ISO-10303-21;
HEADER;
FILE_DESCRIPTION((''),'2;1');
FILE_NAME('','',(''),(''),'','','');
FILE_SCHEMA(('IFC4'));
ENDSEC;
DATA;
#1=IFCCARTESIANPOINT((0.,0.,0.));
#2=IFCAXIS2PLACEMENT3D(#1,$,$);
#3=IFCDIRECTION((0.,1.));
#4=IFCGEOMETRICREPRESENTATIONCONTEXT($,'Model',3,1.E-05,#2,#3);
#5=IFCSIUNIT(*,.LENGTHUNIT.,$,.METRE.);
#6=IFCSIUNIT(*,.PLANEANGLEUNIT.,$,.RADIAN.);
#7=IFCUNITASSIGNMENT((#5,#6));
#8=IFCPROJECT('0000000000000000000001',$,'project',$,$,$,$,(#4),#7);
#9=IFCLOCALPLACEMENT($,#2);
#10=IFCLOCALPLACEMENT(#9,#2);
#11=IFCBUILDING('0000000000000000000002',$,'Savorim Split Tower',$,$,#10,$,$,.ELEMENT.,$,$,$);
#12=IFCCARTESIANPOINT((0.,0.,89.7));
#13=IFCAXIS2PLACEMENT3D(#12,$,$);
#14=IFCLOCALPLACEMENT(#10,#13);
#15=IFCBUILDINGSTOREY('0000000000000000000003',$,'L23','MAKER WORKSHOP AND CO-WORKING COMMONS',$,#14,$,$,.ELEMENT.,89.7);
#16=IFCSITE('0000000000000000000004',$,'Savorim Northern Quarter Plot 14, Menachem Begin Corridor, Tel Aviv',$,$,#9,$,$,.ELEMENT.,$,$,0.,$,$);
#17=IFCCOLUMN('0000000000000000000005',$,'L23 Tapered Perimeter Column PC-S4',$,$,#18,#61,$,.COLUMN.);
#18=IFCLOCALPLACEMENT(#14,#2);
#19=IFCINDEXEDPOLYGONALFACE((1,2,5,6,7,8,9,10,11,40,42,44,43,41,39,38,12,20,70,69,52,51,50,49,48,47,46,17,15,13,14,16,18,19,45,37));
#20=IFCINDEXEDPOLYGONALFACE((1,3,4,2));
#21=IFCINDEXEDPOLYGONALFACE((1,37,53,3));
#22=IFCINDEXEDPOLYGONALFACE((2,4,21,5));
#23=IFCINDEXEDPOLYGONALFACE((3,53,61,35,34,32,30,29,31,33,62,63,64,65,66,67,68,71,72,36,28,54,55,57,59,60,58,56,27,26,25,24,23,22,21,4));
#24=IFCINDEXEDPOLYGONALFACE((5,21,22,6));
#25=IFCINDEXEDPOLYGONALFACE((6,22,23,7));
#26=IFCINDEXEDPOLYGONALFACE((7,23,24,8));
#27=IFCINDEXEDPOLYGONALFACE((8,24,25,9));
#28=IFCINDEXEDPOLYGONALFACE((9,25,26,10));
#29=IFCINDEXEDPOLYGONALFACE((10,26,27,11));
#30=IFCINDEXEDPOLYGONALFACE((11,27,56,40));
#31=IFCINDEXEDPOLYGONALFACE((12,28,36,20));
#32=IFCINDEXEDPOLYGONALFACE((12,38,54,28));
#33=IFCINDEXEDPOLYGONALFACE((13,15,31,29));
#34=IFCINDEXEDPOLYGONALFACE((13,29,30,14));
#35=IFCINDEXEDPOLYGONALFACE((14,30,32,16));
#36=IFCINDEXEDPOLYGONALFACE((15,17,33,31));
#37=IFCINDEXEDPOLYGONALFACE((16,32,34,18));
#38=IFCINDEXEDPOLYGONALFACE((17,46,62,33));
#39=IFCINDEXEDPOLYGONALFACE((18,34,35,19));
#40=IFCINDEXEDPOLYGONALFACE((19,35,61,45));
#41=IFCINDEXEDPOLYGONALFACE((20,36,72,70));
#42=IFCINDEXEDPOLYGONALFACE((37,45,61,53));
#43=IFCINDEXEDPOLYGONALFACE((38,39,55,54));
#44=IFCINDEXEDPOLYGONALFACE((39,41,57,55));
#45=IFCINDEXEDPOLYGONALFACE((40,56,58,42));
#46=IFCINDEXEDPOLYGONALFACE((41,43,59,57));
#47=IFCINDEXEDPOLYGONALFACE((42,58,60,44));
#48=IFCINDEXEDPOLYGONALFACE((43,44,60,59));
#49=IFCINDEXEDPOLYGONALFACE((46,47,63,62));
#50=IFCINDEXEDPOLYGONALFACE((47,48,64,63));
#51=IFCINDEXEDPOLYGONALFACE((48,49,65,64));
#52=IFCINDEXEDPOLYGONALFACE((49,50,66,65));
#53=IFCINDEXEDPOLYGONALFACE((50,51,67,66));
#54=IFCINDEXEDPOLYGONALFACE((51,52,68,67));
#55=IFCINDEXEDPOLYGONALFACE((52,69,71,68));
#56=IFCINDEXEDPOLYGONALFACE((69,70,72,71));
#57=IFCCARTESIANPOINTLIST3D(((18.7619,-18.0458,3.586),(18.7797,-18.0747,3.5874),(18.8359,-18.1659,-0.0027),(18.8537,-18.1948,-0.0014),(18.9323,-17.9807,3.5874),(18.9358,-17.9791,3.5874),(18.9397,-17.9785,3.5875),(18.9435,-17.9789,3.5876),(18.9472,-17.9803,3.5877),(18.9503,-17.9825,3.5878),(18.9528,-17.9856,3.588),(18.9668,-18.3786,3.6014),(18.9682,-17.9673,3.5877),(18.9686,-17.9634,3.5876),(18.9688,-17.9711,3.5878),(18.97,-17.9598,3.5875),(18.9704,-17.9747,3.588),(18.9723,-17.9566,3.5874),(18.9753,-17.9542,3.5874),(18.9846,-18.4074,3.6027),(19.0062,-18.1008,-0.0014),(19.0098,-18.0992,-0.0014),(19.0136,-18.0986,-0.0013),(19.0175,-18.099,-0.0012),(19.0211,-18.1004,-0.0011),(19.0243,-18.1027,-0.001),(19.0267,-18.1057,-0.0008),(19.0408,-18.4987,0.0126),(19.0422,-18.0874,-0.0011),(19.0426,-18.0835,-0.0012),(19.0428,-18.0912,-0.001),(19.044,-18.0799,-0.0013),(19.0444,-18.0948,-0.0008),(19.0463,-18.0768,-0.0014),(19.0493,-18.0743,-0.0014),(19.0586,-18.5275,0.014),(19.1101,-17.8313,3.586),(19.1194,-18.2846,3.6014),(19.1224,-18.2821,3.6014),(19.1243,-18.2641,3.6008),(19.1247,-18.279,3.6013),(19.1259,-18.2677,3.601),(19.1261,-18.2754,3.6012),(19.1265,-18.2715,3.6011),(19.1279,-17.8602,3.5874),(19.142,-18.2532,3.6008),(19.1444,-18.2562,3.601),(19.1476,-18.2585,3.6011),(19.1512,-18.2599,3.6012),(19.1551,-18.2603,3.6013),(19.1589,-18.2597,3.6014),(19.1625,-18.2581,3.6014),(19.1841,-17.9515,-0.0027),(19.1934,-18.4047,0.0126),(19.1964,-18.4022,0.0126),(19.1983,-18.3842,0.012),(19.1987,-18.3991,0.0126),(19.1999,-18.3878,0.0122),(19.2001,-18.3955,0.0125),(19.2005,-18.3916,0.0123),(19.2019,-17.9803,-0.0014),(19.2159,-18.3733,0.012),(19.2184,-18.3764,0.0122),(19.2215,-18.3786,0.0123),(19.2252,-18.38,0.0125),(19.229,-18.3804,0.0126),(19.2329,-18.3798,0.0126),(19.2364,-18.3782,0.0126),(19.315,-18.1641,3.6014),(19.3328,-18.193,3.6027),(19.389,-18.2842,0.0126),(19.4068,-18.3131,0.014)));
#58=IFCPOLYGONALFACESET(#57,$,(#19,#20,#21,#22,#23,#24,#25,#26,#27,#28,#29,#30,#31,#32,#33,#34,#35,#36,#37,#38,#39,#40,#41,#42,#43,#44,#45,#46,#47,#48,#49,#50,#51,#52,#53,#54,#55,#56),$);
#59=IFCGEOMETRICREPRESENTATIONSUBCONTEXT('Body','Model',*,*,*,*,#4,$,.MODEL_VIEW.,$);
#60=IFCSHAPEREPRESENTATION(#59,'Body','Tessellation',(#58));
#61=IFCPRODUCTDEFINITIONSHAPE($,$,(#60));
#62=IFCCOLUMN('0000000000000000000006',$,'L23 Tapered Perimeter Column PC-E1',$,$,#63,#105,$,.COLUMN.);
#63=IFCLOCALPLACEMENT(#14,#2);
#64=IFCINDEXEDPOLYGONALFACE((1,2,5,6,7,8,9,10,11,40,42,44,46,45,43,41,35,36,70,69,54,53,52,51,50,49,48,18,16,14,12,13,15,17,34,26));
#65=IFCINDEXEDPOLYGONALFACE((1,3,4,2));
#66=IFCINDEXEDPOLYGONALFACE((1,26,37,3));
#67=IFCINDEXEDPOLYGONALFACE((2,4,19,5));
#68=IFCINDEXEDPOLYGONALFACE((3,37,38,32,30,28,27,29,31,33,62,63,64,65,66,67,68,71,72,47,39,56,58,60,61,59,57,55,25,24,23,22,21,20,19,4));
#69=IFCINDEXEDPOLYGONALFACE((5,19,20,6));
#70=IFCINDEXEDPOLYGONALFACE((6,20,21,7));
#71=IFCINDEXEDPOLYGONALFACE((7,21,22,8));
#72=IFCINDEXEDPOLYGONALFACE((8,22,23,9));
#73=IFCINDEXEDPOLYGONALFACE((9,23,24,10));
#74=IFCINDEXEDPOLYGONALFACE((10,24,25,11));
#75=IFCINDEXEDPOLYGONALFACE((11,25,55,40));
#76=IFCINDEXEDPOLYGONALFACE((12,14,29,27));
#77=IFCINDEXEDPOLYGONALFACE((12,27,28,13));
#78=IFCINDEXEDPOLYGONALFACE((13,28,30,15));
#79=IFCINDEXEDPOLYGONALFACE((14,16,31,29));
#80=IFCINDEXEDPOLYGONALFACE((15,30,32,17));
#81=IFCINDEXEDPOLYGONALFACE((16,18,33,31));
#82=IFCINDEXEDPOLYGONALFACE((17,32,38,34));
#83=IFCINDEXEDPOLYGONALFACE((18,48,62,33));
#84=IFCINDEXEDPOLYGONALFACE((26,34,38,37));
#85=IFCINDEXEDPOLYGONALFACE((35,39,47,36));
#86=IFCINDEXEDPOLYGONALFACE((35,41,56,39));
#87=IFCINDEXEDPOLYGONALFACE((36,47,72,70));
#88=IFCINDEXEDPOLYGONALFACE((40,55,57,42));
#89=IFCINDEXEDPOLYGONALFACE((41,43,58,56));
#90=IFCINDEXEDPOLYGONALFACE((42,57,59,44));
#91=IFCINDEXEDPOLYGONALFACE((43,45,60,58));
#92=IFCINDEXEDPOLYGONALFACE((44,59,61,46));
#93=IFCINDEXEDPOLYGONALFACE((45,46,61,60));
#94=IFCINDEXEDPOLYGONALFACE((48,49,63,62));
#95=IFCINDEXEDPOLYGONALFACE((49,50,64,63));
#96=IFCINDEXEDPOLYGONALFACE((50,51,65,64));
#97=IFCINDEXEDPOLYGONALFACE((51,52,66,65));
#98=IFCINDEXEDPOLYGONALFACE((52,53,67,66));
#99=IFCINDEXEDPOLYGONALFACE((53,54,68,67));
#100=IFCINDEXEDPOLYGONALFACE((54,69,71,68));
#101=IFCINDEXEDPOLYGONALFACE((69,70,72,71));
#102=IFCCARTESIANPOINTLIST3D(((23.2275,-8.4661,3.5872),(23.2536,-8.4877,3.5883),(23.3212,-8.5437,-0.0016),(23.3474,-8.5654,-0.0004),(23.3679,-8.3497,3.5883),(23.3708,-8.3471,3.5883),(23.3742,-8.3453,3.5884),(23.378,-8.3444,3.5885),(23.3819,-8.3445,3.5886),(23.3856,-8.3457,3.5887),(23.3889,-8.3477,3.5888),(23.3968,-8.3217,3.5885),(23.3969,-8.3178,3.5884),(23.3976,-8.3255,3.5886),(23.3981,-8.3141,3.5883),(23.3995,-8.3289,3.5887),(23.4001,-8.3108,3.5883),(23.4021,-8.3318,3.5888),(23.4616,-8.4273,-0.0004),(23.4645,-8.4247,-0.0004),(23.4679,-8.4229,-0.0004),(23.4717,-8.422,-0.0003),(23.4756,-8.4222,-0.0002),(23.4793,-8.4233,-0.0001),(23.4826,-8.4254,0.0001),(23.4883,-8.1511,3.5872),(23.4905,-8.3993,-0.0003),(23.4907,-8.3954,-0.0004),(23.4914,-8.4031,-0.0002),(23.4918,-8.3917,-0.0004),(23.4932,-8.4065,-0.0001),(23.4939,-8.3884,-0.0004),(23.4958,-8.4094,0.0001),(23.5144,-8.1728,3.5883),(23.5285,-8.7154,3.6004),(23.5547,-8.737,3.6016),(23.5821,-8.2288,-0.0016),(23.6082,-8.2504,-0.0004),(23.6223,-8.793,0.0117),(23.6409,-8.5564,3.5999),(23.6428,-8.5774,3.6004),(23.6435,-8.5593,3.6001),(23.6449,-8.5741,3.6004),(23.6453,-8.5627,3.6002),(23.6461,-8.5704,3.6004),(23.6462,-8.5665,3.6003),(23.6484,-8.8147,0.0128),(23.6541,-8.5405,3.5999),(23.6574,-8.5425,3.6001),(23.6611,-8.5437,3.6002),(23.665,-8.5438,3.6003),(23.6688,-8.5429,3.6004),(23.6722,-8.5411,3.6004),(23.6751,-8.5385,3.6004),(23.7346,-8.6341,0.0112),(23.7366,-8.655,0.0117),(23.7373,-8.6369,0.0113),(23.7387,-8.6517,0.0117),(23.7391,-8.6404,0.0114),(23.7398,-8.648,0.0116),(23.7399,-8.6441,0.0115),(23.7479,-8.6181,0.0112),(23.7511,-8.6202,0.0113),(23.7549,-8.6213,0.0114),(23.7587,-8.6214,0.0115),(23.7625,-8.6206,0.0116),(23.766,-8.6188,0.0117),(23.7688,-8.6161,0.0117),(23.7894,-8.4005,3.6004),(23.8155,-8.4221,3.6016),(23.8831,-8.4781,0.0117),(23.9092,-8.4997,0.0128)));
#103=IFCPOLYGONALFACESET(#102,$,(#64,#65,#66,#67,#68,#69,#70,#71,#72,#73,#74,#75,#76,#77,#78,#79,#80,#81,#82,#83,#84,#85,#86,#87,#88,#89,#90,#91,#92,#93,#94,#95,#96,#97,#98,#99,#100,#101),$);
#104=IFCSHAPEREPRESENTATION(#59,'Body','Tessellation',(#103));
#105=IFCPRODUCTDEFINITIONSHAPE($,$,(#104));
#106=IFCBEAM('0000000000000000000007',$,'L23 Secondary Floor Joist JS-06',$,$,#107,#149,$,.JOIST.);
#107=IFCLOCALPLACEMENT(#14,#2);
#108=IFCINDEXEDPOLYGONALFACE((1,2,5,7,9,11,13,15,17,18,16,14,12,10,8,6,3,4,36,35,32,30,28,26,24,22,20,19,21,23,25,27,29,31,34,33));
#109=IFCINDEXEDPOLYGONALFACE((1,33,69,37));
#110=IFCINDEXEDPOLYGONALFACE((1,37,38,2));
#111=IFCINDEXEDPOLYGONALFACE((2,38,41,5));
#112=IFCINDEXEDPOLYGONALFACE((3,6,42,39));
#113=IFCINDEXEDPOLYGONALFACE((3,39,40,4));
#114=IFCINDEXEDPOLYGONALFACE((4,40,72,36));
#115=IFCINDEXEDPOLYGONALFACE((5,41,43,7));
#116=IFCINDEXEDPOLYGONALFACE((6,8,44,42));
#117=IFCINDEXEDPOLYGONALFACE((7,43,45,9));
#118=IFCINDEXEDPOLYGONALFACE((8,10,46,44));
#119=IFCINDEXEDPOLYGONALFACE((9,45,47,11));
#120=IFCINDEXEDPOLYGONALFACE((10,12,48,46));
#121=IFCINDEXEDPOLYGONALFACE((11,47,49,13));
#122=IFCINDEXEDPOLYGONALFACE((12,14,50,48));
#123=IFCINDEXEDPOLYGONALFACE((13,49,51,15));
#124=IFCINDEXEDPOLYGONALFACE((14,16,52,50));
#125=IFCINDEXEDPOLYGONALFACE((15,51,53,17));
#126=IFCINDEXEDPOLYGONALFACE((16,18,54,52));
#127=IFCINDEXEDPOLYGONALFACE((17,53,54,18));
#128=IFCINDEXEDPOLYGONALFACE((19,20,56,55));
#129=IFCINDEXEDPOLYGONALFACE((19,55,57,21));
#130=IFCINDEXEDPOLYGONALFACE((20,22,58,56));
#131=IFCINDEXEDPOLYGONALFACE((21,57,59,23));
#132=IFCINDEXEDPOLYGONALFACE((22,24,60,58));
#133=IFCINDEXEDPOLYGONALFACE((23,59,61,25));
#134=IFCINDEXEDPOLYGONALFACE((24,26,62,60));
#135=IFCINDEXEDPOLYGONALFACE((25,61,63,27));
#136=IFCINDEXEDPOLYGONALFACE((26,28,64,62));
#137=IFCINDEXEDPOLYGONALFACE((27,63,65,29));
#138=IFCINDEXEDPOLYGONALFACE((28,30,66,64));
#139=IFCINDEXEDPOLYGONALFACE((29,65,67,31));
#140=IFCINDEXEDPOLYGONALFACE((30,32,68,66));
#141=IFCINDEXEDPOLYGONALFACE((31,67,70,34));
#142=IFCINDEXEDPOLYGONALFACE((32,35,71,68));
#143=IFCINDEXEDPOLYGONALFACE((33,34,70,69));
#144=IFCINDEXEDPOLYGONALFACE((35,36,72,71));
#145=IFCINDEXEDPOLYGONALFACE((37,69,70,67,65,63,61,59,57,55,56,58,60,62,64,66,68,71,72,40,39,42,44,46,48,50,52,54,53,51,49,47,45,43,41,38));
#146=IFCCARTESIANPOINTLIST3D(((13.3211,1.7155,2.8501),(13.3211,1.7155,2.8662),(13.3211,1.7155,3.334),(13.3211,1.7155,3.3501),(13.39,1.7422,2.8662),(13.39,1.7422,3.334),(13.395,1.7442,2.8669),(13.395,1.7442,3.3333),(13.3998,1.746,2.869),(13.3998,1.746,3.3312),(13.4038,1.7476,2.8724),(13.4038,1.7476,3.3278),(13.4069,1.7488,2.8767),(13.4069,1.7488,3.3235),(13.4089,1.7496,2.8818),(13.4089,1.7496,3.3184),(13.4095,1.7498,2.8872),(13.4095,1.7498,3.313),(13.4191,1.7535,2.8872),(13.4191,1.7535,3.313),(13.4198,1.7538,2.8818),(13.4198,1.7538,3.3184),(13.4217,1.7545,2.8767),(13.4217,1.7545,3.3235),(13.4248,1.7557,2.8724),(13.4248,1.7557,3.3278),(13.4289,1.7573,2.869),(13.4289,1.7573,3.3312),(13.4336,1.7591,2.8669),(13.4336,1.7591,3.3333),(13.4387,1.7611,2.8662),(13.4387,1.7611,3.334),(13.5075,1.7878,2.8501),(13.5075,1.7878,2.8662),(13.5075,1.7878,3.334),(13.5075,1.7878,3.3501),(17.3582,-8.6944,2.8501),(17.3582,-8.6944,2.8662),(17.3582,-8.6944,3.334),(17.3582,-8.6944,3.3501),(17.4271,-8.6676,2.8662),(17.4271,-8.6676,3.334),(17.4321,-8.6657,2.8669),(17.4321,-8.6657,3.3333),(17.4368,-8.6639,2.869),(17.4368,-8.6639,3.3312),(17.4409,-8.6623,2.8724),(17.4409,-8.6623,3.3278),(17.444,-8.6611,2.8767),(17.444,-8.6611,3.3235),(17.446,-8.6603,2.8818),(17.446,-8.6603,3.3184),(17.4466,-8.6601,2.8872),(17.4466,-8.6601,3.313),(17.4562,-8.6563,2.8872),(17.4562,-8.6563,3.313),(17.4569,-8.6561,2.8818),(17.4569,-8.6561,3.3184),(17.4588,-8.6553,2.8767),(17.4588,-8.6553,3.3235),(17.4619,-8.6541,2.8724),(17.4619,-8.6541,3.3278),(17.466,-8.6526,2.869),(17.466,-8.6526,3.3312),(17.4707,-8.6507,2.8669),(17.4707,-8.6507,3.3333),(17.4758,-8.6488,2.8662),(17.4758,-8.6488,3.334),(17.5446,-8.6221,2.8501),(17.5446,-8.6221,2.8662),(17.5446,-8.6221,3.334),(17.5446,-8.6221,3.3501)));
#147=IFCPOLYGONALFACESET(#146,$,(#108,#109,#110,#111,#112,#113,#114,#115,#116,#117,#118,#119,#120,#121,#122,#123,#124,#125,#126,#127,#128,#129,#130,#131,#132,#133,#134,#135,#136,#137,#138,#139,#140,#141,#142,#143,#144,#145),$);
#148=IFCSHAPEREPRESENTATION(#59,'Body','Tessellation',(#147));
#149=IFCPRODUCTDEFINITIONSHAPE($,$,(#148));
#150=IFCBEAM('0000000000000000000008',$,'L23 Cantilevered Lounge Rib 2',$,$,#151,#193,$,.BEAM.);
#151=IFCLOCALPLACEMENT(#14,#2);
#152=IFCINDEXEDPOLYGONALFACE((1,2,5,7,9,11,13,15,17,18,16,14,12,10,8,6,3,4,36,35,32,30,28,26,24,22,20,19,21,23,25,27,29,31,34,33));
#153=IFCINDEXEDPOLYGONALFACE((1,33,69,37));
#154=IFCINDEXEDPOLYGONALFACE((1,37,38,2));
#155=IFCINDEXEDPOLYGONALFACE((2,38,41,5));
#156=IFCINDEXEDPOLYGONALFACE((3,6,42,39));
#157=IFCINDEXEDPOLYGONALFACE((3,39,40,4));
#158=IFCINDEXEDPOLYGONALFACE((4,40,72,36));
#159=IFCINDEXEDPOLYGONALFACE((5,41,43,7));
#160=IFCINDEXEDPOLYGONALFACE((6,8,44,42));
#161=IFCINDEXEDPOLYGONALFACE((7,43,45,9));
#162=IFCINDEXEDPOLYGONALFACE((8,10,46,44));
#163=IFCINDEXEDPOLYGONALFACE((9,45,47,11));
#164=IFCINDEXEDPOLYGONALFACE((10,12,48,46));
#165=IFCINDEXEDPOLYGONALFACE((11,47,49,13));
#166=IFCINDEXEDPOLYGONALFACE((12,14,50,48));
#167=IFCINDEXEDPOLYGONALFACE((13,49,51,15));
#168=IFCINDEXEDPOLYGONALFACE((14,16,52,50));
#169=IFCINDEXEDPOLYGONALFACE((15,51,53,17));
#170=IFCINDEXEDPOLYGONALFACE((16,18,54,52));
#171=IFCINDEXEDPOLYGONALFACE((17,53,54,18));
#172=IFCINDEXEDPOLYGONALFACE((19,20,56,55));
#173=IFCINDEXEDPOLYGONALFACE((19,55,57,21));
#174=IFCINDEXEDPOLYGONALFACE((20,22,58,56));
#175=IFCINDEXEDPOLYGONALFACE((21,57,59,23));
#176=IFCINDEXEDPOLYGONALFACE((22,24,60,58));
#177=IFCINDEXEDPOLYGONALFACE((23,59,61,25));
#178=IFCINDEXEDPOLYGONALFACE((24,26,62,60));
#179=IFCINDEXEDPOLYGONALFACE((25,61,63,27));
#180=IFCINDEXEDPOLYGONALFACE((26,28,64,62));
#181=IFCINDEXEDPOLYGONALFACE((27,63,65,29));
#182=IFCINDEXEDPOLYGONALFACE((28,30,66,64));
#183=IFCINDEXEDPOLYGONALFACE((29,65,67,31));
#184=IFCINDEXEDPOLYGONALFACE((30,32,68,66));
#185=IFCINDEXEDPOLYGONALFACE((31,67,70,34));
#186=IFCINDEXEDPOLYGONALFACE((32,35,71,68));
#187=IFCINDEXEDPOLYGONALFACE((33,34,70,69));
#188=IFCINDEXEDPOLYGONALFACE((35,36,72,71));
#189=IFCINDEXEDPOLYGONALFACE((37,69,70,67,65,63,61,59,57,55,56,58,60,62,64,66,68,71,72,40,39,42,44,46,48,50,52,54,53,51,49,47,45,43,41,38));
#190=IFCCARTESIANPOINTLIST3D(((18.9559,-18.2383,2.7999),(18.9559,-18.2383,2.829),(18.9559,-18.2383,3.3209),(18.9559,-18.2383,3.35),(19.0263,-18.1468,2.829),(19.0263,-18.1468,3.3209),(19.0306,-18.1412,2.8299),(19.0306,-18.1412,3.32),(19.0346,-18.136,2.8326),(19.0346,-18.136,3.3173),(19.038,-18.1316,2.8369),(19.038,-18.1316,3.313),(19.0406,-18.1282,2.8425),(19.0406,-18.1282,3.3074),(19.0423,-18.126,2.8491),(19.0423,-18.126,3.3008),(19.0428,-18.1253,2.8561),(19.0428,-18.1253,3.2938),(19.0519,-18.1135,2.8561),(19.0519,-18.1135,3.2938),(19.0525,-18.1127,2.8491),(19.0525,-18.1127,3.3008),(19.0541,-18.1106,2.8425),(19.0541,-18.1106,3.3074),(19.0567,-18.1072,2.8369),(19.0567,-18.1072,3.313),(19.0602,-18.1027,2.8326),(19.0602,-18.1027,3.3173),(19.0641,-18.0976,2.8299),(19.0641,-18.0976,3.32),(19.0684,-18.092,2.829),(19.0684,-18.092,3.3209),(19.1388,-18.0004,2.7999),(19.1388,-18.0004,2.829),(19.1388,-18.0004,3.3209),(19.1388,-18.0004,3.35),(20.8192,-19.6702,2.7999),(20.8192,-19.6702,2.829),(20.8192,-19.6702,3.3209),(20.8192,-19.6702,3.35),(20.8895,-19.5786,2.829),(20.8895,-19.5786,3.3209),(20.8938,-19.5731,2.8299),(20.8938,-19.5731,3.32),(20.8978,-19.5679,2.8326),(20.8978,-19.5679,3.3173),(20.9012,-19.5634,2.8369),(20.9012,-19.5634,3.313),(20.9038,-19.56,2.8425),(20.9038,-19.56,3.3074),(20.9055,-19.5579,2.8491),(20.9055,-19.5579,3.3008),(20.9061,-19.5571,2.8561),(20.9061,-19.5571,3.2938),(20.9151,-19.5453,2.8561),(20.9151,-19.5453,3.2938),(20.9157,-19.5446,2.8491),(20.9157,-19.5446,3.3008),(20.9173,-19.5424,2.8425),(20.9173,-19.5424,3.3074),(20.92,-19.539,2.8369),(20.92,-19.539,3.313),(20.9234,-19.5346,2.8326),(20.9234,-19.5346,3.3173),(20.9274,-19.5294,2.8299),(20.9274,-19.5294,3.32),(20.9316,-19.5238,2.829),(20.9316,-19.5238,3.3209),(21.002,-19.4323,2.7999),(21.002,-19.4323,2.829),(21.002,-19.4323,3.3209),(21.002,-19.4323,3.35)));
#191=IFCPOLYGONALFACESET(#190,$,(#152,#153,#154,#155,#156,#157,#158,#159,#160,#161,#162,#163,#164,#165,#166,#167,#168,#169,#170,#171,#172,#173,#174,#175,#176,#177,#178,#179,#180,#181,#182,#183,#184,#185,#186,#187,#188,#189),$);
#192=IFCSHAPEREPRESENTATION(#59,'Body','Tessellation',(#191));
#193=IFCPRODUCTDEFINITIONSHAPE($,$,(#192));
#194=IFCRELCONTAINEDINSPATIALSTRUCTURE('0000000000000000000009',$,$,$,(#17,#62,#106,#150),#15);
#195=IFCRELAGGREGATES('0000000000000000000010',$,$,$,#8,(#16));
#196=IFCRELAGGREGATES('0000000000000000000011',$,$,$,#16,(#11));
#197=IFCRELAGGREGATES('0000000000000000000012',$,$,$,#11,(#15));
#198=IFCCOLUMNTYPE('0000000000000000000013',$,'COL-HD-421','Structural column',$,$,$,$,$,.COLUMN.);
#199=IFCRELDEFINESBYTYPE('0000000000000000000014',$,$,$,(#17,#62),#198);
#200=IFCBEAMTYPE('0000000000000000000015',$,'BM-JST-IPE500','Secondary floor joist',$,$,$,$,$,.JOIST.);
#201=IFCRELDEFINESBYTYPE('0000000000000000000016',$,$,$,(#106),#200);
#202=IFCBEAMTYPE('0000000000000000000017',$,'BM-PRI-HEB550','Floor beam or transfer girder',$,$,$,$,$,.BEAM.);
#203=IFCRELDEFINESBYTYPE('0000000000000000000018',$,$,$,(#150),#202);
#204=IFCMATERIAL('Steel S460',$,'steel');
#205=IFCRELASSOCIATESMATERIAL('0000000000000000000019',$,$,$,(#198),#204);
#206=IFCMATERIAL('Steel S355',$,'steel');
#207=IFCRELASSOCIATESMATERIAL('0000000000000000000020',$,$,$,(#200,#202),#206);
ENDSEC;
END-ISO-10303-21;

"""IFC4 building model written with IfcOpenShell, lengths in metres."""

from ifc_helpers import new_model, si_unit, direction, frame, origin, origin_2d, place, context, subcontext, project, spatial, i_section, extrude, material, material_profile, profile_set, type_object, element, save


model = new_model("IFC4")

# Units and contexts
model_context = context("Model", 3, precision=1e-05, world=origin(), true_north=direction((0.0, 1.0)))
body_context = subcontext(model_context, "Body", "Model", "MODEL_VIEW")
ifc_project = project(units=[si_unit("LENGTHUNIT", "METRE"), si_unit("PLANEANGLEUNIT", "RADIAN")], contexts=[model_context])

# Site, building, storey
site_placement = place(None, origin())
site = spatial("IfcSite", under=ifc_project, at=site_placement, Name="Savorim Northern Quarter Plot 14, Menachem Begin Corridor, Tel Aviv", CompositionType="ELEMENT", RefElevation=0.0)
building_placement = place(site_placement, origin())
building = spatial("IfcBuilding", under=site, at=building_placement, Name="Savorim Split Tower", CompositionType="ELEMENT")
storey_placement = place(building_placement, frame((0.0, 0.0, 89.7)))
storey = spatial("IfcBuildingStorey", under=building, at=storey_placement, Name="L23", Description="MAKER WORKSHOP AND CO-WORKING COMMONS", CompositionType="ELEMENT", Elevation=89.7)

# Columns
ifc_material_1 = material(Name="Steel S460", Category="steel")
ifc_material_profile_1 = material_profile(ifc_material_1, i_section(OverallWidth=0.4089, OverallDepth=0.425, WebThickness=0.0208, FlangeThickness=0.0339, FilletRadius=0.0149, at=origin_2d()), Name="HD 400x421")
ifc_profile_set_1 = profile_set([ifc_material_profile_1], Name="Steel S460")
column_type = type_object("IfcColumnType", Name="COL-HD-421", Description="Structural column", PredefinedType="COLUMN", material=ifc_profile_set_1)
column_1_placement = place(storey_placement, frame((19.1213, -18.2395, 0.0056), z_axis=(-0.020596, 0.033444, 0.999228), x_axis=(-0.85148, -0.524387, 0.0)))
element("IfcColumn", 1, at=column_1_placement, inside=storey, type_object=column_type, Name="L23 Tapered Perimeter Column PC-S4", PredefinedType="COLUMN", context=body_context, shape_type="SweptSolid", body=[
    extrude(i_section(OverallWidth=0.4089, OverallDepth=0.425, WebThickness=0.0208, FlangeThickness=0.0339, FilletRadius=0.0149, at=origin_2d()), origin(), (0.0, 0.0, 1.0), 3.5916),
])
column_2_placement = place(storey_placement, frame((23.6152, -8.5217, 0.0056), z_axis=(-0.026107, 0.02162, 0.999425), x_axis=(-0.637814, -0.77019, 0.0)))
element("IfcColumn", 2, at=column_2_placement, inside=storey, type_object=column_type, Name="L23 Tapered Perimeter Column PC-E1", PredefinedType="COLUMN", context=body_context, shape_type="SweptSolid", body=[
    extrude(i_section(OverallWidth=0.4089, OverallDepth=0.425, WebThickness=0.0208, FlangeThickness=0.0339, FilletRadius=0.0149, at=origin_2d()), origin(), (0.0, 0.0, 1.0), 3.5908),
])

# Beams
ifc_material_2 = material(Name="Steel S355", Category="steel")
ifc_material_profile_2 = material_profile(ifc_material_2, i_section(OverallWidth=0.2, OverallDepth=0.5, WebThickness=0.0103, FlangeThickness=0.0161, FilletRadius=0.021, at=origin_2d()), Name="IPE 500")
ifc_profile_set_2 = profile_set([ifc_material_profile_2], Name="Steel S355")
beam_type_1 = type_object("IfcBeamType", Name="BM-JST-IPE500", Description="Secondary floor joist", PredefinedType="JOIST", material=ifc_profile_set_2)
beam_1_placement = place(storey_placement, frame((17.4514, -8.6582, 3.1001), z_axis=(-0.361576, 0.932343, 0.0), x_axis=(-0.932343, -0.361576, 0.0)))
element("IfcBeam", 3, at=beam_1_placement, inside=storey, type_object=beam_type_1, Name="L23 Secondary Floor Joist JS-06", PredefinedType="JOIST", context=body_context, shape_type="SweptSolid", body=[
    extrude(i_section(OverallWidth=0.2, OverallDepth=0.5, WebThickness=0.0103, FlangeThickness=0.0161, FilletRadius=0.021, at=origin_2d()), origin(), (0.0, 0.0, 1.0), 11.1653),
])
ifc_material_profile_3 = material_profile(ifc_material_2, i_section(OverallWidth=0.3, OverallDepth=0.55, WebThickness=0.0149, FlangeThickness=0.0291, FilletRadius=0.0271, at=origin_2d()), Name="HEB 550")
ifc_profile_set_3 = profile_set([ifc_material_profile_3], Name="Steel S355")
beam_type_2 = type_object("IfcBeamType", Name="BM-PRI-HEB550", Description="Floor beam or transfer girder", PredefinedType="BEAM", material=ifc_profile_set_3)
beam_2_placement = place(storey_placement, frame((19.0474, -18.1194, 3.075), z_axis=(0.792914, -0.609334, 0.0), x_axis=(0.609334, 0.792914, 0.0)))
element("IfcBeam", 4, at=beam_2_placement, inside=storey, type_object=beam_type_2, Name="L23 Cantilevered Lounge Rib 2", PredefinedType="BEAM", context=body_context, shape_type="SweptSolid", body=[
    extrude(i_section(OverallWidth=0.3, OverallDepth=0.55, WebThickness=0.0149, FlangeThickness=0.0291, FilletRadius=0.0271, at=origin_2d()), origin(), (0.0, 0.0, 1.0), 2.3499),
])

save(model, "model.ifc")
